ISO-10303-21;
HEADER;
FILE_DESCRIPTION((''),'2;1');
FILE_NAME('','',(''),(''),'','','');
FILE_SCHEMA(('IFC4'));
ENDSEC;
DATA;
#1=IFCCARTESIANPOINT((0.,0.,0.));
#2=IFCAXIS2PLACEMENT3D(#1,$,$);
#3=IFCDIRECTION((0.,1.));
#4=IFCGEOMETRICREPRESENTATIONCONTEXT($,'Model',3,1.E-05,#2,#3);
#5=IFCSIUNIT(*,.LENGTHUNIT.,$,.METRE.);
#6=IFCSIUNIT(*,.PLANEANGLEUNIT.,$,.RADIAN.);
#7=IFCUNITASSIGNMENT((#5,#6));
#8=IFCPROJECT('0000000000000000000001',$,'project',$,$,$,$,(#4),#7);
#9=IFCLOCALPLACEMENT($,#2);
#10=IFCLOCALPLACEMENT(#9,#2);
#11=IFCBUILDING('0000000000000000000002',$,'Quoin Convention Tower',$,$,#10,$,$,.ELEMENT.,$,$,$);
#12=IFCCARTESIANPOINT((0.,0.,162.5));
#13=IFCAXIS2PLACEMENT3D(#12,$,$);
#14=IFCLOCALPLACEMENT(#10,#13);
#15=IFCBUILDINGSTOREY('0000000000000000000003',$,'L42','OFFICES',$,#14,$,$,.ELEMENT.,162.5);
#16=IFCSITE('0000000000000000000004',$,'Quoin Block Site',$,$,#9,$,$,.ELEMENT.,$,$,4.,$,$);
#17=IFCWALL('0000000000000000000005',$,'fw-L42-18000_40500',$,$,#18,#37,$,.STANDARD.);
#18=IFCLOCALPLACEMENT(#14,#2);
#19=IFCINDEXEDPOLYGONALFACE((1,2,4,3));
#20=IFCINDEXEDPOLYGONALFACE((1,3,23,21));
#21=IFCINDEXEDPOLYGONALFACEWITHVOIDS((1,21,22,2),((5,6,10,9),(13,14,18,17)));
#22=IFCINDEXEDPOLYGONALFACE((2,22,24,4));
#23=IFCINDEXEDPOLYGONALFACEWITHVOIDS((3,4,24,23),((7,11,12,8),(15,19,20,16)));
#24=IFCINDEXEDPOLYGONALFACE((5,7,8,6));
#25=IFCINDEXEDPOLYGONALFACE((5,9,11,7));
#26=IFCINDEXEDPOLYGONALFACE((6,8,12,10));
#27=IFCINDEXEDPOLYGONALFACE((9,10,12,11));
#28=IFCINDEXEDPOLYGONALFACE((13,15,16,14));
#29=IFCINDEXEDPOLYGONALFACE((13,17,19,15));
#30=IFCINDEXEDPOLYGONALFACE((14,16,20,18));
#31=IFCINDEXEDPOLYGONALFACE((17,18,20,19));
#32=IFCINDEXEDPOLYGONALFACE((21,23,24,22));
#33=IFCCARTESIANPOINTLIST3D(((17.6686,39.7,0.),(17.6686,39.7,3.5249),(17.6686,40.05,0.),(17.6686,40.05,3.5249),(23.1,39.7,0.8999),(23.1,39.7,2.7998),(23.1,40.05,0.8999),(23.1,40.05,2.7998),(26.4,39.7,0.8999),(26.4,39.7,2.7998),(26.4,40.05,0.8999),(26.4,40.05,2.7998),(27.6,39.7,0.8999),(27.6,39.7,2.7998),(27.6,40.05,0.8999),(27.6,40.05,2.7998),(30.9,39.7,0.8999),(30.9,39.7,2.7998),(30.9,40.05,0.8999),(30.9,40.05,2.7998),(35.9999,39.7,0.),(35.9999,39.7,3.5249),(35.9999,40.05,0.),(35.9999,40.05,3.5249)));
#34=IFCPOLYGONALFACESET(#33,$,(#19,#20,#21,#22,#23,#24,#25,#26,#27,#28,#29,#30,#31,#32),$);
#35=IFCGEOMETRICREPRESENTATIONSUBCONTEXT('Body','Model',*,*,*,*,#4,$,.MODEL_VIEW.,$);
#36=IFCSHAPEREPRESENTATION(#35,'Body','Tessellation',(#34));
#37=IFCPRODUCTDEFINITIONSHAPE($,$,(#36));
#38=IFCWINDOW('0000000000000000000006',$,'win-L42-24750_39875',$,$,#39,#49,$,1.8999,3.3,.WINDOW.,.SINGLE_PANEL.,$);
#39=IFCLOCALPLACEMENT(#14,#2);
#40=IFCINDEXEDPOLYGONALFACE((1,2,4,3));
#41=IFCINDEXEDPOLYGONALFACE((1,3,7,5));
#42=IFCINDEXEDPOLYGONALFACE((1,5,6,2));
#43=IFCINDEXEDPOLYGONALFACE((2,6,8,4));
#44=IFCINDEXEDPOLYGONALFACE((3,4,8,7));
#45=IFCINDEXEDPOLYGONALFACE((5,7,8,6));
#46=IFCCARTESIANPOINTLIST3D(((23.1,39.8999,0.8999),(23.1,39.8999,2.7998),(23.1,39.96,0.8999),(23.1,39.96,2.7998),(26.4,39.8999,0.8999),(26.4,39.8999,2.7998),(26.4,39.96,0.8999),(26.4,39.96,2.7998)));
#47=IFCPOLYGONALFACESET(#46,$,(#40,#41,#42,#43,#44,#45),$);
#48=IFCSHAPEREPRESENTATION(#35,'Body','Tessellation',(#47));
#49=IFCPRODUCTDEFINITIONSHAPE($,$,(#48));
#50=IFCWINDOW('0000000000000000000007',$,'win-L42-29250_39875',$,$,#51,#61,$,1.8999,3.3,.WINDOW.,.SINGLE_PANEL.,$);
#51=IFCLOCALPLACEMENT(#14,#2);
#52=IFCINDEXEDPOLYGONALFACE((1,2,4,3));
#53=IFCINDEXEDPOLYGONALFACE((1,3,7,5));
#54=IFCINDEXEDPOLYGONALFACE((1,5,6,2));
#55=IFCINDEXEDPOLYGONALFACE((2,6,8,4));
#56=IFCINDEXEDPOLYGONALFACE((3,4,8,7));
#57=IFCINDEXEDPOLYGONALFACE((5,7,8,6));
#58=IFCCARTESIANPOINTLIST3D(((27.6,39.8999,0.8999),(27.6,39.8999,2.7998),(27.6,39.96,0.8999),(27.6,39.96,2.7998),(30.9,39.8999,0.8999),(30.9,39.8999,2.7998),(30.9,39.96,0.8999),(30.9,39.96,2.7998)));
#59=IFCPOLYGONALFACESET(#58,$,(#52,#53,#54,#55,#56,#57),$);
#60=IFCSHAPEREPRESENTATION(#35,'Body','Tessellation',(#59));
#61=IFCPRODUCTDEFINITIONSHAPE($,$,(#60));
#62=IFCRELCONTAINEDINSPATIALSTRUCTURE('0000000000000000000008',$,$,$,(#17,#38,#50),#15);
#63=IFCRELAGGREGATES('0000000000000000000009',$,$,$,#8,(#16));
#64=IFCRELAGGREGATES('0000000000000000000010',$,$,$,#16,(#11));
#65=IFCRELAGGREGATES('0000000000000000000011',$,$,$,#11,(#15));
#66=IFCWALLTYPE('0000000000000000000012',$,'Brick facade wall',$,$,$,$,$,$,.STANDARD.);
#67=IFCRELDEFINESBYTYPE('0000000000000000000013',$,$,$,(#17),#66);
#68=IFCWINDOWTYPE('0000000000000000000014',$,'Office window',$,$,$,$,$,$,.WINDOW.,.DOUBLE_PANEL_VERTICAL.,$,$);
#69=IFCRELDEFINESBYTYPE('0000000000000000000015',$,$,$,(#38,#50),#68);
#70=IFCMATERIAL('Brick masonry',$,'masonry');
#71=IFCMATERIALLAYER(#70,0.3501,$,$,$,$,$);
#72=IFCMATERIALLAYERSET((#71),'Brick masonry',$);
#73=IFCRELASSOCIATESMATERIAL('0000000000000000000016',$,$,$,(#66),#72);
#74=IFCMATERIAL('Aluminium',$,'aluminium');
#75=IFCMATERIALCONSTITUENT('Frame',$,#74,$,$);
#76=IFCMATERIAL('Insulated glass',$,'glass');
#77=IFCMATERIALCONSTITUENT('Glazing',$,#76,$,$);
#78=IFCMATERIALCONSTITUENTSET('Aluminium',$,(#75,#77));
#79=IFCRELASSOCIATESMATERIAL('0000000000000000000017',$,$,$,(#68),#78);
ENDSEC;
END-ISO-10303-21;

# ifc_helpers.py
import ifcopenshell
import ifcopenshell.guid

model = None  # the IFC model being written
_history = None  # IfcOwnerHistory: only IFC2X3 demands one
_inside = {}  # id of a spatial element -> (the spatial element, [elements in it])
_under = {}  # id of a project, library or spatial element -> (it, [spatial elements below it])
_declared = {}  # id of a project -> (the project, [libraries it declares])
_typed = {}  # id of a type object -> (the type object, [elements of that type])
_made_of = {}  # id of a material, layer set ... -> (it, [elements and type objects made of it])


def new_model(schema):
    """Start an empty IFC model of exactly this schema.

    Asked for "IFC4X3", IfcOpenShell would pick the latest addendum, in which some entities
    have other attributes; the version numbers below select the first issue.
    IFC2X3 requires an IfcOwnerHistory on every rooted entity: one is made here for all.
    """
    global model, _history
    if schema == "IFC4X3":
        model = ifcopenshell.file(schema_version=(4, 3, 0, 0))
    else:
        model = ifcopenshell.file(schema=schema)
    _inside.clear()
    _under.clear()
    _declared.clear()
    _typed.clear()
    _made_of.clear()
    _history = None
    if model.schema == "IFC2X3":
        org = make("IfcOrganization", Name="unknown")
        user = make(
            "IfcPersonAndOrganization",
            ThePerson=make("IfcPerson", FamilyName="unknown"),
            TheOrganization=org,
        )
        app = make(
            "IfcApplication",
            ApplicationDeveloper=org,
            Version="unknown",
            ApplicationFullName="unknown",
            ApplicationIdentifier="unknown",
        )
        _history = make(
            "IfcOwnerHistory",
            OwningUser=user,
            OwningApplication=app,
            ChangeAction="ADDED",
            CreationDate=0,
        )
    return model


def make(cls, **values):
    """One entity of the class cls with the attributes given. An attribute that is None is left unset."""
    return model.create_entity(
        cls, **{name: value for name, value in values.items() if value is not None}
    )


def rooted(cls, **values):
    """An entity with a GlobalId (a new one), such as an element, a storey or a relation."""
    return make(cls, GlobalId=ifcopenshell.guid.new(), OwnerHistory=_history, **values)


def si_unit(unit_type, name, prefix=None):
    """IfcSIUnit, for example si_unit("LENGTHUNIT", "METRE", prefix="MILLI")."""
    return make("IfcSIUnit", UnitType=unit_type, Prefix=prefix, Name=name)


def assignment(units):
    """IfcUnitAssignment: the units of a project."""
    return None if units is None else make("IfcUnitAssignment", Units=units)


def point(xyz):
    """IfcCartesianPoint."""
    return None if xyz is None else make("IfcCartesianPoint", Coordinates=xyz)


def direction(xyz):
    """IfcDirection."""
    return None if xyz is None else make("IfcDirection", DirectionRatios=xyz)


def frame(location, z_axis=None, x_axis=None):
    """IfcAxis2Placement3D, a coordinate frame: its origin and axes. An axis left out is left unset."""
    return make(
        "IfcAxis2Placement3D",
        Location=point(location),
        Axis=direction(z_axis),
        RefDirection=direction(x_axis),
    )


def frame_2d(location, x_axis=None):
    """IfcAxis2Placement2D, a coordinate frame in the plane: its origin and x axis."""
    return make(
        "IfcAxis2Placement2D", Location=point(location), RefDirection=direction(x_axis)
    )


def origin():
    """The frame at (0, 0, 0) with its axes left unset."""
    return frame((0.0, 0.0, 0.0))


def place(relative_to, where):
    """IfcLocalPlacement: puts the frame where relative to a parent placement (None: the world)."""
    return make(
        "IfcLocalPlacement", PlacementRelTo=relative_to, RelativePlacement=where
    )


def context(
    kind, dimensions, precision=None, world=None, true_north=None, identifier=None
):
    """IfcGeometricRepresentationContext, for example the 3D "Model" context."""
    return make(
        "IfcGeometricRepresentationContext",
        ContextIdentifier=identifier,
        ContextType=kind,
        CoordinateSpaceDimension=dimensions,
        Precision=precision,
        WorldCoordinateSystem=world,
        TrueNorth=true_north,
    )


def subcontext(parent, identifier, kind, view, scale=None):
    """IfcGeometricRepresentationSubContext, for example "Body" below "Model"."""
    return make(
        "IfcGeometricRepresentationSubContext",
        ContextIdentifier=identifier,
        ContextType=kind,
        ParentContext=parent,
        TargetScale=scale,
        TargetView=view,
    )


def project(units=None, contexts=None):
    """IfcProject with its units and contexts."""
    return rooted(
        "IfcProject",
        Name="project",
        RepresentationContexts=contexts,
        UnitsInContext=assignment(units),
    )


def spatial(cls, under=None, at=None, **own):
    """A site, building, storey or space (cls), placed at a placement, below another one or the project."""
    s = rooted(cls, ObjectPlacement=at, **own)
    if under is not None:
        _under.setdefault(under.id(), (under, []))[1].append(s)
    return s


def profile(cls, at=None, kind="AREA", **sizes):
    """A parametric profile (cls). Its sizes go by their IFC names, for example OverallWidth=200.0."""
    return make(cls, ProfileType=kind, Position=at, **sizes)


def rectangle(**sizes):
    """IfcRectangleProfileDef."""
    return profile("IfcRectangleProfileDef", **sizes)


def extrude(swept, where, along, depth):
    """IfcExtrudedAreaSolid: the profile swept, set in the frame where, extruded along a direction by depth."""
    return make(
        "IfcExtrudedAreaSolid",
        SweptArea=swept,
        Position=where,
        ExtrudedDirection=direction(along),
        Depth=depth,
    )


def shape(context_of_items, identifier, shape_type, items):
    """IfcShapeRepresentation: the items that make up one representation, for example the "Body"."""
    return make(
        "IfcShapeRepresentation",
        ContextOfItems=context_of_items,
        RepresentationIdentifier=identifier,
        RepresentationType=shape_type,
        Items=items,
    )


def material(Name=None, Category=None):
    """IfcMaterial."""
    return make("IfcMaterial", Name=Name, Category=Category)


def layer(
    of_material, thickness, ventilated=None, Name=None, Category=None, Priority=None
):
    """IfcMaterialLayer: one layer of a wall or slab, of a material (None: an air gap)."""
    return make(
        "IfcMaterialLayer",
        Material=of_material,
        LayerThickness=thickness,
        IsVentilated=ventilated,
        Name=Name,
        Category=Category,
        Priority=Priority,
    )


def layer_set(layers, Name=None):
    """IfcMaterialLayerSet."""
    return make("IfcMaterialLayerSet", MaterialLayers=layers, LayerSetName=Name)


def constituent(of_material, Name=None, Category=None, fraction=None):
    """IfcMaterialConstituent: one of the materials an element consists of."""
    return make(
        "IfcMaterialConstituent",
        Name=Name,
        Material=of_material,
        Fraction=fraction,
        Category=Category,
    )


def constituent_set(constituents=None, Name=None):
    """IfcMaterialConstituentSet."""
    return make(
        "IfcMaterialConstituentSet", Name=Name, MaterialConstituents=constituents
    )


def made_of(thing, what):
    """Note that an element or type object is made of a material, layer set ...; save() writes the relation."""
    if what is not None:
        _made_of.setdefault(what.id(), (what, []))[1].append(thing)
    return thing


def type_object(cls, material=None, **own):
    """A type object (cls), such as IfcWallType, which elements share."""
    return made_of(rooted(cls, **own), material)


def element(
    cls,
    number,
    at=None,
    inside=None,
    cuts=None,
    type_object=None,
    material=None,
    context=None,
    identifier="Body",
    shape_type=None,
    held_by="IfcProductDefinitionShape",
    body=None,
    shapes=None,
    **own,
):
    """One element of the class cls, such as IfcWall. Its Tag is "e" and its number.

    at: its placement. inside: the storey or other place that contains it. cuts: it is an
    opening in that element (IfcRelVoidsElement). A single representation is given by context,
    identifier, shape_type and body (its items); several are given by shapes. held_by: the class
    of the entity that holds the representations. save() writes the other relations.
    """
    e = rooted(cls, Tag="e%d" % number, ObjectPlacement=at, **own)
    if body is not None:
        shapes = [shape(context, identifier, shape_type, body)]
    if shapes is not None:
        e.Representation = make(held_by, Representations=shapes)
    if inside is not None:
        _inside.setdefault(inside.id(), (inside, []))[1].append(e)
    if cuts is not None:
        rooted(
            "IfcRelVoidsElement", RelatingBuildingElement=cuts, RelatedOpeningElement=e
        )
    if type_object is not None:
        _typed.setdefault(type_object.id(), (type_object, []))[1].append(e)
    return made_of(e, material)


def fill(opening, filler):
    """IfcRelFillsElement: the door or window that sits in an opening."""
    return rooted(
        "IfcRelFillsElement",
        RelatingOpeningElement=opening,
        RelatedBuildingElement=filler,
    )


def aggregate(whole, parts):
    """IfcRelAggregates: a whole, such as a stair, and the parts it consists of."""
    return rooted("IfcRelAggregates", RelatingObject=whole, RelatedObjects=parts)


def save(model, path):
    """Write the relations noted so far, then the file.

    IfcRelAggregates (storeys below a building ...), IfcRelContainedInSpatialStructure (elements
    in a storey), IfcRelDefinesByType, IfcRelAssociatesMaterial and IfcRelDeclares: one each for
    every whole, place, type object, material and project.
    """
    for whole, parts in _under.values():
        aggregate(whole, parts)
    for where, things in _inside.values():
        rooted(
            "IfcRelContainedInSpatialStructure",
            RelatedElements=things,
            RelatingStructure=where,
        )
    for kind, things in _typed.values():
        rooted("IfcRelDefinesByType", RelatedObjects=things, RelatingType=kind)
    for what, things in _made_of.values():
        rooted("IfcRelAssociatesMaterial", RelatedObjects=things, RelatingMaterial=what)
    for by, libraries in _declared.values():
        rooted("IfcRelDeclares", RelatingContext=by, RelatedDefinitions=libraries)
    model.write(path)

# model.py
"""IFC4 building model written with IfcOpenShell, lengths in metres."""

from ifc_helpers import new_model, si_unit, direction, frame, frame_2d, origin, place, context, subcontext, project, spatial, rectangle, extrude, material, layer, layer_set, constituent, constituent_set, type_object, element, fill, save


model = new_model("IFC4")

# Units and contexts
model_context = context("Model", 3, precision=1e-05, world=origin(), true_north=direction((0.0, 1.0)))
body_context = subcontext(model_context, "Body", "Model", "MODEL_VIEW")
ifc_project = project(units=[si_unit("LENGTHUNIT", "METRE"), si_unit("PLANEANGLEUNIT", "RADIAN")], contexts=[model_context])

# Site, building, storey
site_placement = place(None, origin())
site = spatial("IfcSite", under=ifc_project, at=site_placement, Name="Quoin Block Site", CompositionType="ELEMENT", RefElevation=4.0)
building_placement = place(site_placement, origin())
building = spatial("IfcBuilding", under=site, at=building_placement, Name="Quoin Convention Tower", CompositionType="ELEMENT")
storey_placement = place(building_placement, frame((0.0, 0.0, 162.5)))
storey = spatial("IfcBuildingStorey", under=building, at=storey_placement, Name="L42", Description="OFFICES", CompositionType="ELEMENT", Elevation=162.5)

# Wall, openings, windows
ifc_material_1 = material(Name="Brick masonry", Category="masonry")
ifc_layer_1 = layer(ifc_material_1, 0.3501)
ifc_layer_set_1 = layer_set([ifc_layer_1], Name="Brick masonry")
wall_type = type_object("IfcWallType", Name="Brick facade wall", PredefinedType="STANDARD", material=ifc_layer_set_1)
ifc_material_2 = material(Name="Aluminium", Category="aluminium")
ifc_constituent_1 = constituent(ifc_material_2, Name="Frame")
ifc_material_3 = material(Name="Insulated glass", Category="glass")
ifc_constituent_2 = constituent(ifc_material_3, Name="Glazing")
ifc_constituent_set = constituent_set(constituents=[ifc_constituent_1, ifc_constituent_2], Name="Aluminium")
window_type = type_object("IfcWindowType", Name="Office window", PartitioningType="DOUBLE_PANEL_VERTICAL", PredefinedType="WINDOW", material=ifc_constituent_set)
wall_1_placement = place(storey_placement, frame((17.6687, 39.875, 0.0), z_axis=(0.0, 0.0, 1.0), x_axis=(1.0, 0.0, 0.0)))
wall_1 = element("IfcWall", 1, at=wall_1_placement, inside=storey, type_object=wall_type, Name="fw-L42-18000_40500", PredefinedType="STANDARD", context=body_context, shape_type="SweptSolid", body=[
    extrude(rectangle(XDim=18.3313, YDim=0.3501, at=frame_2d((9.1655, 0.0))), origin(), (0.0, 0.0, 1.0), 3.5249),
])
opening_1_placement = place(wall_1_placement, frame((5.4314, 0.0, 0.8999)))
opening_1 = element("IfcOpeningElement", 2, at=opening_1_placement, cuts=wall_1, PredefinedType="OPENING", context=body_context, shape_type="SweptSolid", body=[
    extrude(rectangle(XDim=3.3, YDim=1.8999, at=frame_2d((1.6499, 0.95))), frame((0.0, 0.1851, 0.0), z_axis=(0.0, -1.0, 0.0), x_axis=(1.0, 0.0, 0.0)), (0.0, 0.0, 1.0), 0.3701),
])
opening_2_placement = place(wall_1_placement, frame((9.9314, 0.0, 0.8999)))
opening_2 = element("IfcOpeningElement", 3, at=opening_2_placement, cuts=wall_1, PredefinedType="OPENING", context=body_context, shape_type="SweptSolid", body=[
    extrude(rectangle(XDim=3.3, YDim=1.8999, at=frame_2d((1.6499, 0.95))), frame((0.0, 0.1851, 0.0), z_axis=(0.0, -1.0, 0.0), x_axis=(1.0, 0.0, 0.0)), (0.0, 0.0, 1.0), 0.3701),
])
window_1_placement = place(opening_1_placement, origin())
window_1 = element("IfcWindow", 4, at=window_1_placement, inside=storey, type_object=window_type, Name="win-L42-24750_39875", OverallHeight=1.8999, OverallWidth=3.3, PartitioningType="SINGLE_PANEL", PredefinedType="WINDOW", context=body_context, shape_type="SweptSolid", body=[
    extrude(rectangle(XDim=3.3, YDim=1.8999, at=frame_2d((1.6499, 0.95))), frame((0.0, 0.085, 0.0), z_axis=(0.0, -1.0, 0.0), x_axis=(1.0, 0.0, 0.0)), (0.0, 0.0, 1.0), 0.0601),
])
fill(opening_1, window_1)
window_2_placement = place(opening_2_placement, origin())
window_2 = element("IfcWindow", 5, at=window_2_placement, inside=storey, type_object=window_type, Name="win-L42-29250_39875", OverallHeight=1.8999, OverallWidth=3.3, PartitioningType="SINGLE_PANEL", PredefinedType="WINDOW", context=body_context, shape_type="SweptSolid", body=[
    extrude(rectangle(XDim=3.3, YDim=1.8999, at=frame_2d((1.6499, 0.95))), frame((0.0, 0.085, 0.0), z_axis=(0.0, -1.0, 0.0), x_axis=(1.0, 0.0, 0.0)), (0.0, 0.0, 1.0), 0.0601),
])
fill(opening_2, window_2)

save(model, "model.ifc")
